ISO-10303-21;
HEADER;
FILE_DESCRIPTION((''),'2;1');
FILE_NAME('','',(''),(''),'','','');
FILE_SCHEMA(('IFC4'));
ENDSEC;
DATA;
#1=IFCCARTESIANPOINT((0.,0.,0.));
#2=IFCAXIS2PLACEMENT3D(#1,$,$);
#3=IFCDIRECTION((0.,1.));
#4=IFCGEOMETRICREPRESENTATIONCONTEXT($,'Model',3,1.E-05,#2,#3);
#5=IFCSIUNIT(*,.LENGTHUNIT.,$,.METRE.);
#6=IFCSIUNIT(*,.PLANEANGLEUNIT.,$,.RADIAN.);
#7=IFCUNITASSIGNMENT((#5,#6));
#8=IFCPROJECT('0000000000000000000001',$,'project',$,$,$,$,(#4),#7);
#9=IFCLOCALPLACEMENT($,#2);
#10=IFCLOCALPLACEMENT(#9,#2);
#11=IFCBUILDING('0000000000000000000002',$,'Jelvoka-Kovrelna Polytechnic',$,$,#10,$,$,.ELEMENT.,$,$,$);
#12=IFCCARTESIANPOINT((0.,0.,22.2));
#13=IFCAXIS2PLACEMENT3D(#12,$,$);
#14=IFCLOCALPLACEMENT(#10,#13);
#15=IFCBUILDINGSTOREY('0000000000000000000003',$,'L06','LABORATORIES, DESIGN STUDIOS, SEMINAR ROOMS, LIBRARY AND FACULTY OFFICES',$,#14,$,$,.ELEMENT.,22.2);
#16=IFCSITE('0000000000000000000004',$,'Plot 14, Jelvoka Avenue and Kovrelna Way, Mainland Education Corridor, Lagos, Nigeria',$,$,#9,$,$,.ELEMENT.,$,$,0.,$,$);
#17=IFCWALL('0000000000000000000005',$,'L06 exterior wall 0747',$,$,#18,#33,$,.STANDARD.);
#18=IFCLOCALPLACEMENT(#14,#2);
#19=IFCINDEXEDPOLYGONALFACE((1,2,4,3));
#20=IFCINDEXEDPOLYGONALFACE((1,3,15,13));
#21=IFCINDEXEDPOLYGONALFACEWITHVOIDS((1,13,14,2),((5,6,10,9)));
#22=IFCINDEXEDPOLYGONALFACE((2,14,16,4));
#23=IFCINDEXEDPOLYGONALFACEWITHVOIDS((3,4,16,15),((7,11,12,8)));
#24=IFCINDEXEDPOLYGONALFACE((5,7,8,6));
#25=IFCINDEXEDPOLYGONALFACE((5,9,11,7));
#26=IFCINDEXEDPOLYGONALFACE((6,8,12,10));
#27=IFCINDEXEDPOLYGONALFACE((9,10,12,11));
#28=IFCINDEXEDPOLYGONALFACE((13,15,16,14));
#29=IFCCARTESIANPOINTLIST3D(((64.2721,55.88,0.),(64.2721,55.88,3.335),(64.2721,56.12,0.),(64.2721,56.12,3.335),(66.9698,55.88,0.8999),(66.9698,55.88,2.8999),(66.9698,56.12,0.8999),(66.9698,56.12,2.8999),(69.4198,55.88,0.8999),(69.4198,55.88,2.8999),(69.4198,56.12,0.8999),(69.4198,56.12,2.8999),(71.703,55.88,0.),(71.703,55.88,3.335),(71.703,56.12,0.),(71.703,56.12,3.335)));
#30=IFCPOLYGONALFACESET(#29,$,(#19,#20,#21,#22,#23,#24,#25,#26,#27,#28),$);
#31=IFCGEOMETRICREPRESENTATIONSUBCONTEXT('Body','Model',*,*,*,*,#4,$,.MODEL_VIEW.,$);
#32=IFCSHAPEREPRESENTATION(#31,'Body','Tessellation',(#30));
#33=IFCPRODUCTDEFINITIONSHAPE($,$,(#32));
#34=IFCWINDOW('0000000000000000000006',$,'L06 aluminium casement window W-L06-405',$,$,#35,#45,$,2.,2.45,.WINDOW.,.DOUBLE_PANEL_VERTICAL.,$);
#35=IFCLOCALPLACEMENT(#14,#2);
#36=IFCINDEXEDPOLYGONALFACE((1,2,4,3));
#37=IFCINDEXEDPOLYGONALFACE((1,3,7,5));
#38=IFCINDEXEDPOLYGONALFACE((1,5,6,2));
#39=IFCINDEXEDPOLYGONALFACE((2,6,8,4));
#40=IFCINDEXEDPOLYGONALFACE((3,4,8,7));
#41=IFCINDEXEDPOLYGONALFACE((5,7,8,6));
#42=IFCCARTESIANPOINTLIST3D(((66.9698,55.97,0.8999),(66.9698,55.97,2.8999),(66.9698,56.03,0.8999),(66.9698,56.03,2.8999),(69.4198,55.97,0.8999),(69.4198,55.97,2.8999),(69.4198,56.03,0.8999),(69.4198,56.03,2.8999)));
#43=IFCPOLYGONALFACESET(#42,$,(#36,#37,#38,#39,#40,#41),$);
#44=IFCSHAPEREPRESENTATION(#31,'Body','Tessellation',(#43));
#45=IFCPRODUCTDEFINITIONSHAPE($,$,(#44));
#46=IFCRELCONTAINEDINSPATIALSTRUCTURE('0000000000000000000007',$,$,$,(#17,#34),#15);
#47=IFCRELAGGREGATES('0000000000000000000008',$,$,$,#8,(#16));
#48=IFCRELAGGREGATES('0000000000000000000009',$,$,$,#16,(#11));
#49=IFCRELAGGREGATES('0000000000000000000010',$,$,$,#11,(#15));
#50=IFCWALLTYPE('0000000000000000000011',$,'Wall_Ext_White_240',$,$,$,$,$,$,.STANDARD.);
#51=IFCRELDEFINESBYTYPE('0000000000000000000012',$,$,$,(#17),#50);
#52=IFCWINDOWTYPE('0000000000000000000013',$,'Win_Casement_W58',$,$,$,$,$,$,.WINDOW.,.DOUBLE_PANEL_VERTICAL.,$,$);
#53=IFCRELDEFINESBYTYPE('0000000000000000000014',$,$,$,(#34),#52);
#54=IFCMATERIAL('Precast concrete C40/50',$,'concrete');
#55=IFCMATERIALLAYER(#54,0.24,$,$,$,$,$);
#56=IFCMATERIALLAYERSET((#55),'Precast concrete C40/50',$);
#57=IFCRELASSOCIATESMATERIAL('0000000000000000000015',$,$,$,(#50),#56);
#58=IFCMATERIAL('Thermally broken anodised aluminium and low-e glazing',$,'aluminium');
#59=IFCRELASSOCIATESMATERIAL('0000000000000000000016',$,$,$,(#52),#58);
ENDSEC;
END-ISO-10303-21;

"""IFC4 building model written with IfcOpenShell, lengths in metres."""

from ifc_helpers import new_model, si_unit, direction, frame, frame_2d, origin, place, context, subcontext, project, spatial, rectangle, extrude, material, layer, layer_set, type_object, element, fill, save


model = new_model("IFC4")

# Units and contexts
model_context = context("Model", 3, precision=1e-05, world=origin(), true_north=direction((0.0, 1.0)))
body_context = subcontext(model_context, "Body", "Model", "MODEL_VIEW")
ifc_project = project(units=[si_unit("LENGTHUNIT", "METRE"), si_unit("PLANEANGLEUNIT", "RADIAN")], contexts=[model_context])

# Site, building, storey
site_placement = place(None, origin())
site = spatial("IfcSite", under=ifc_project, at=site_placement, Name="Plot 14, Jelvoka Avenue and Kovrelna Way, Mainland Education Corridor, Lagos, Nigeria", CompositionType="ELEMENT", RefElevation=0.0)
building_placement = place(site_placement, origin())
building = spatial("IfcBuilding", under=site, at=building_placement, Name="Jelvoka-Kovrelna Polytechnic", CompositionType="ELEMENT")
storey_placement = place(building_placement, frame((0.0, 0.0, 22.2)))
storey = spatial("IfcBuildingStorey", under=building, at=storey_placement, Name="L06", Description="LABORATORIES, DESIGN STUDIOS, SEMINAR ROOMS, LIBRARY AND FACULTY OFFICES", CompositionType="ELEMENT", Elevation=22.2)

# Wall, opening, window
ifc_material_1 = material(Name="Precast concrete C40/50", Category="concrete")
ifc_layer_1 = layer(ifc_material_1, 0.24)
ifc_layer_set_1 = layer_set([ifc_layer_1], Name="Precast concrete C40/50")
wall_type_1 = type_object("IfcWallType", Name="Wall_Ext_White_240", PredefinedType="STANDARD", material=ifc_layer_set_1)
wall_1_placement = place(storey_placement, frame((71.7029, 56.0, 0.0), z_axis=(0.0, 0.0, 1.0), x_axis=(-1.0, 0.0, 0.0)))
wall_1 = element("IfcWall", 1, at=wall_1_placement, inside=storey, type_object=wall_type_1, Name="L06 exterior wall 0747", PredefinedType="STANDARD", context=body_context, shape_type="SweptSolid", body=[
    extrude(rectangle(XDim=7.4309, YDim=0.24, at=frame_2d((3.7153, 0.0))), origin(), (0.0, 0.0, 1.0), 3.335),
])
opening_1_placement = place(wall_1_placement, frame((2.283, 0.0, 0.8999)))
opening_1 = element("IfcOpeningElement", 2, at=opening_1_placement, cuts=wall_1, PredefinedType="OPENING", context=body_context, shape_type="SweptSolid", body=[
    extrude(rectangle(XDim=2.45, YDim=2.0, at=frame_2d((1.2251, 1.0))), frame((0.0, 0.1301, 0.0), z_axis=(0.0, -1.0, 0.0), x_axis=(1.0, 0.0, 0.0)), (0.0, 0.0, 1.0), 0.26),
])
ifc_material_2 = material(Name="Thermally broken anodised aluminium and low-e glazing", Category="aluminium")
window_type = type_object("IfcWindowType", Name="Win_Casement_W58", PartitioningType="DOUBLE_PANEL_VERTICAL", PredefinedType="WINDOW", material=ifc_material_2)
window_placement = place(opening_1_placement, origin())
window = element("IfcWindow", 3, at=window_placement, inside=storey, type_object=window_type, Name="L06 aluminium casement window W-L06-405", OverallHeight=2.0, OverallWidth=2.45, PartitioningType="DOUBLE_PANEL_VERTICAL", PredefinedType="WINDOW", context=body_context, shape_type="SweptSolid", body=[
    extrude(rectangle(XDim=2.45, YDim=2.0, at=frame_2d((1.2251, 1.0))), frame((0.0, 0.03, 0.0), z_axis=(0.0, -1.0, 0.0), x_axis=(1.0, 0.0, 0.0)), (0.0, 0.0, 1.0), 0.0601),
])
fill(opening_1, window)

save(model, "model.ifc")
